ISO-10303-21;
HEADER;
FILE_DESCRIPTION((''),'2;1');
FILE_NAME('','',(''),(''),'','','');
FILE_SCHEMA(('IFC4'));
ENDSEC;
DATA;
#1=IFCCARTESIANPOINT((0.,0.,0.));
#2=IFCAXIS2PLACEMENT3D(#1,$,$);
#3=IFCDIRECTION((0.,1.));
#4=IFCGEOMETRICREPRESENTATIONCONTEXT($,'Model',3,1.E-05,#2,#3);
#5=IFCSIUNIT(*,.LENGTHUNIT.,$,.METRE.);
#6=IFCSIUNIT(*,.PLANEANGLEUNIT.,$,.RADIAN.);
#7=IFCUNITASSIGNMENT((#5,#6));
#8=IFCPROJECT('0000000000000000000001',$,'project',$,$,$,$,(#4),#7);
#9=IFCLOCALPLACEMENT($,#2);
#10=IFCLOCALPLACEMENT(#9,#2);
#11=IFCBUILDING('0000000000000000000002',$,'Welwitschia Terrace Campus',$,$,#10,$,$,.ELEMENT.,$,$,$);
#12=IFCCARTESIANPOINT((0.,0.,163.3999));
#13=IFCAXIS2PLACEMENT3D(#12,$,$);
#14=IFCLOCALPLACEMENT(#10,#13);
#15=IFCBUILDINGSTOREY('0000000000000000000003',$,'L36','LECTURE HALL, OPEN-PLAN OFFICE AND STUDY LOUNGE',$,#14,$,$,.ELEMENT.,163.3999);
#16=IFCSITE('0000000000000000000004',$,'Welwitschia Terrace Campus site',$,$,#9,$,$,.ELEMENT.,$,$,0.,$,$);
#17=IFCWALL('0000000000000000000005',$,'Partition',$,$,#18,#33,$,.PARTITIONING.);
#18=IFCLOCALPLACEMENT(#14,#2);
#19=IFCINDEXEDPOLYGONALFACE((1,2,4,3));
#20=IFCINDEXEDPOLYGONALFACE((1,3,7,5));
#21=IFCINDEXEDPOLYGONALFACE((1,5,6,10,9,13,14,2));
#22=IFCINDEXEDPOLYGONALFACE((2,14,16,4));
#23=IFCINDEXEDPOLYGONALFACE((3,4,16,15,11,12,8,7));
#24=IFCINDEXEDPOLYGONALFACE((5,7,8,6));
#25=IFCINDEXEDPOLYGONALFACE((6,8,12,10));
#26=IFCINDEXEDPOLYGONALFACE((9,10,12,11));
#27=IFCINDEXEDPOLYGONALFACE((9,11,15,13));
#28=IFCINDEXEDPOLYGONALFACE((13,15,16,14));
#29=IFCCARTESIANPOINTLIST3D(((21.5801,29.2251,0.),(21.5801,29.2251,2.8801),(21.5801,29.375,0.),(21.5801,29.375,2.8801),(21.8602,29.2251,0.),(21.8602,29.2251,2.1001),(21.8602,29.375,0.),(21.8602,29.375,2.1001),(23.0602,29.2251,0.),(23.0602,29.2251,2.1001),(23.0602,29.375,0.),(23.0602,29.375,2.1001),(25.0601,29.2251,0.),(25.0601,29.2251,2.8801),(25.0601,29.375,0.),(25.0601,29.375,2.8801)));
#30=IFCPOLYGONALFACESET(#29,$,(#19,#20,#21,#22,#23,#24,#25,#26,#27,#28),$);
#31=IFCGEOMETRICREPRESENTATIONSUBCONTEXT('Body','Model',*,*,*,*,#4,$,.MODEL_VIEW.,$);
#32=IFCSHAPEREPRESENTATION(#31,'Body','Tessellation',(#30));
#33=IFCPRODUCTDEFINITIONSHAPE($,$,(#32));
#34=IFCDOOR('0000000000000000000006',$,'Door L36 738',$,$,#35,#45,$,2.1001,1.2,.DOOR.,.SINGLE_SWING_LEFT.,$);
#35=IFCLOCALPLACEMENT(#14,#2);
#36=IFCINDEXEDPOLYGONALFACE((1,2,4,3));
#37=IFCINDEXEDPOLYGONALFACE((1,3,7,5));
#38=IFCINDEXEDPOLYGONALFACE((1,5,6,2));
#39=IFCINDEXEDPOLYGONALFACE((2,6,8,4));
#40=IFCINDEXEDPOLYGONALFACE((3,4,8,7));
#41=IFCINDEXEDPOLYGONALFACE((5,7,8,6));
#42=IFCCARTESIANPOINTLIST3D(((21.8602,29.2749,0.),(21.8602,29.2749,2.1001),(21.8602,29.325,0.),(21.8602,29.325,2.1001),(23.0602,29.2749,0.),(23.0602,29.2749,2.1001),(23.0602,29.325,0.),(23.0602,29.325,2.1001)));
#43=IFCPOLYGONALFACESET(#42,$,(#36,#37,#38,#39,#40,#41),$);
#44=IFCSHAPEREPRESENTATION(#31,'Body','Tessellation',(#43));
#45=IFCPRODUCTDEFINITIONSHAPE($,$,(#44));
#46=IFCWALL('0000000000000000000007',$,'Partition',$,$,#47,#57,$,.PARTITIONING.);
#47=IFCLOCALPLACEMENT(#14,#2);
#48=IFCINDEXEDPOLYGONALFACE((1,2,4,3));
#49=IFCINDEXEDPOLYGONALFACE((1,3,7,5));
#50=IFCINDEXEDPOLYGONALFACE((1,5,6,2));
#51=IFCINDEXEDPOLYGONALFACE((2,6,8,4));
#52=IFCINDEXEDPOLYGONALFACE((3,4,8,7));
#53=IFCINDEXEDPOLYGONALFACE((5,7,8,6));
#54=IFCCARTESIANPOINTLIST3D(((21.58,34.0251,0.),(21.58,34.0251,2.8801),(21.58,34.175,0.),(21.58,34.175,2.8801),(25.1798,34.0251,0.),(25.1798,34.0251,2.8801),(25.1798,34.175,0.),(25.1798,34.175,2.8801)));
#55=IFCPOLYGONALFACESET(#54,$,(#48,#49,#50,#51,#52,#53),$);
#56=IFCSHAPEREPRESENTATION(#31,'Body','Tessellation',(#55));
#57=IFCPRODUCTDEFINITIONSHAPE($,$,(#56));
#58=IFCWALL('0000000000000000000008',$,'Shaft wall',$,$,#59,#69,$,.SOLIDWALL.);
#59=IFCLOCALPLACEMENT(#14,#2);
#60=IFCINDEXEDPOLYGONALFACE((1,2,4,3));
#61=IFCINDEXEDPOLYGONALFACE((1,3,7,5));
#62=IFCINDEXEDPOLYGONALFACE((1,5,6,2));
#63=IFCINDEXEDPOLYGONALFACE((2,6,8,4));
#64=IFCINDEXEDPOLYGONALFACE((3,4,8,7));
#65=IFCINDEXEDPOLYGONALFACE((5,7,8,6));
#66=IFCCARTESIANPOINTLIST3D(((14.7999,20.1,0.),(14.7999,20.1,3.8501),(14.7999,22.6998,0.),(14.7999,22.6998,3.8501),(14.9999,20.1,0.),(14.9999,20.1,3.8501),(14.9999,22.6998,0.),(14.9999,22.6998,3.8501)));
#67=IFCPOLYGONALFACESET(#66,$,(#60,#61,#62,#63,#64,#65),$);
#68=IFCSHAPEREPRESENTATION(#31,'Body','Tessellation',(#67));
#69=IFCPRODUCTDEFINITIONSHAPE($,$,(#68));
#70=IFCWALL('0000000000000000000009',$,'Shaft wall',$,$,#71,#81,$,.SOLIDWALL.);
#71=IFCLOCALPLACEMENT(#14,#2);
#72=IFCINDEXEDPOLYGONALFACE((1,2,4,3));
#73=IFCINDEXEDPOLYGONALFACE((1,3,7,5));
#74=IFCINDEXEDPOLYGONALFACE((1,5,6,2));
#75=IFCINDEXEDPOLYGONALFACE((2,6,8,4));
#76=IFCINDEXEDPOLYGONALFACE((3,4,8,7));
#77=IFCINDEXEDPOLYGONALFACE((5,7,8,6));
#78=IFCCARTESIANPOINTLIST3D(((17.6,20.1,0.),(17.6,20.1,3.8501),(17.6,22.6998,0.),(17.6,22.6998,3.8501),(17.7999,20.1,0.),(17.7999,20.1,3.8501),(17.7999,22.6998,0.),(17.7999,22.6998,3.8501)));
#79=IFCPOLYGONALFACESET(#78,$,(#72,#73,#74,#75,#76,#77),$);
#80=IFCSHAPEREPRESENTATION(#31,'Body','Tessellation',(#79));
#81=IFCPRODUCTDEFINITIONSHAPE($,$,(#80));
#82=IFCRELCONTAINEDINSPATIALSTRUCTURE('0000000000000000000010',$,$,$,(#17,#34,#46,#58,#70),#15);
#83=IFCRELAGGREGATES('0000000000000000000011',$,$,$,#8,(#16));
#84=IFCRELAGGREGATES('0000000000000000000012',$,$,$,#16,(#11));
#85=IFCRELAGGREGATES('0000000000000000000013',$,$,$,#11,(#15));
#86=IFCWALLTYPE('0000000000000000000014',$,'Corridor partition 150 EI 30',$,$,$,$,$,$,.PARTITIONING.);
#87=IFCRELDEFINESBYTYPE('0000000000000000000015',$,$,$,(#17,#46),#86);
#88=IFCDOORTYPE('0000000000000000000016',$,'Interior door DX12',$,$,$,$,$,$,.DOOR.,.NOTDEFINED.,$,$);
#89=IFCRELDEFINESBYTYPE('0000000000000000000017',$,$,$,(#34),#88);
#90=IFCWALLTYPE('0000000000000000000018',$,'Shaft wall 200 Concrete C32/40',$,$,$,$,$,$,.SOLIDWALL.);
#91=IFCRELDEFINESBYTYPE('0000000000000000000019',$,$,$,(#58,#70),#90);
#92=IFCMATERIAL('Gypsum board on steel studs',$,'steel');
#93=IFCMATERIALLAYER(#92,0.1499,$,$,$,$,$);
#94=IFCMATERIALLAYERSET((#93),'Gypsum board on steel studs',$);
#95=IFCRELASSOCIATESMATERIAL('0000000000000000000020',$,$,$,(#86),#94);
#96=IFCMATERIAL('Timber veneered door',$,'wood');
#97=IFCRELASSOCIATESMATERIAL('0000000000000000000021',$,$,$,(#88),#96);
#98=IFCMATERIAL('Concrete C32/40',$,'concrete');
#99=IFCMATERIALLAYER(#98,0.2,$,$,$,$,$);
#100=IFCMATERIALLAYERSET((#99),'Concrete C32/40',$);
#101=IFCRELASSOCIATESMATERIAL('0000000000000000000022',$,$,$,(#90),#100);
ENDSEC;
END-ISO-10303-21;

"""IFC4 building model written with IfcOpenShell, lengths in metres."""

from ifc_helpers import new_model, si_unit, direction, frame, frame_2d, origin, place, context, subcontext, project, spatial, rectangle, extrude, material, layer, layer_set, type_object, element, fill, save


model = new_model("IFC4")

# Units and contexts
model_context = context("Model", 3, precision=1e-05, world=origin(), true_north=direction((0.0, 1.0)))
body_context = subcontext(model_context, "Body", "Model", "MODEL_VIEW")
ifc_project = project(units=[si_unit("LENGTHUNIT", "METRE"), si_unit("PLANEANGLEUNIT", "RADIAN")], contexts=[model_context])

# Site, building, storey
site_placement = place(None, origin())
site = spatial("IfcSite", under=ifc_project, at=site_placement, Name="Welwitschia Terrace Campus site", CompositionType="ELEMENT", RefElevation=0.0)
building_placement = place(site_placement, origin())
building = spatial("IfcBuilding", under=site, at=building_placement, Name="Welwitschia Terrace Campus", CompositionType="ELEMENT")
storey_placement = place(building_placement, frame((0.0, 0.0, 163.3999)))
storey = spatial("IfcBuildingStorey", under=building, at=storey_placement, Name="L36", Description="LECTURE HALL, OPEN-PLAN OFFICE AND STUDY LOUNGE", CompositionType="ELEMENT", Elevation=163.3999)

# Shared definitions
ifc_material_1 = material(Name="Gypsum board on steel studs", Category="steel")
ifc_layer_1 = layer(ifc_material_1, 0.1499)
ifc_layer_set_1 = layer_set([ifc_layer_1], Name="Gypsum board on steel studs")
wall_type_1 = type_object("IfcWallType", Name="Corridor partition 150 EI 30", PredefinedType="PARTITIONING", material=ifc_layer_set_1)

# Wall, opening, door
wall_1_placement = place(storey_placement, frame((21.5801, 29.3, 0.0), z_axis=(0.0, 0.0, 1.0), x_axis=(1.0, 0.0, 0.0)))
wall_1 = element("IfcWall", 1, at=wall_1_placement, inside=storey, type_object=wall_type_1, Name="Partition", PredefinedType="PARTITIONING", context=body_context, shape_type="SweptSolid", body=[
    extrude(rectangle(XDim=3.48, YDim=0.1499, at=frame_2d((1.74, 0.0))), origin(), (0.0, 0.0, 1.0), 2.8801),
])
opening_1_placement = place(wall_1_placement, frame((0.28, 0.0, 0.0)))
opening_1 = element("IfcOpeningElement", 2, at=opening_1_placement, cuts=wall_1, PredefinedType="OPENING", context=body_context, shape_type="SweptSolid", body=[
    extrude(rectangle(XDim=1.2, YDim=2.1001, at=frame_2d((0.6001, 1.05))), frame((0.0, 0.085, 0.0), z_axis=(0.0, -1.0, 0.0), x_axis=(1.0, 0.0, 0.0)), (0.0, 0.0, 1.0), 0.1699),
])
ifc_material_2 = material(Name="Timber veneered door", Category="wood")
door_type_1 = type_object("IfcDoorType", Name="Interior door DX12", OperationType="NOTDEFINED", PredefinedType="DOOR", material=ifc_material_2)
door_1_placement = place(opening_1_placement, origin())
door_1 = element("IfcDoor", 3, at=door_1_placement, inside=storey, type_object=door_type_1, Name="Door L36 738", OperationType="SINGLE_SWING_LEFT", OverallHeight=2.1001, OverallWidth=1.2, PredefinedType="DOOR", context=body_context, shape_type="SweptSolid", body=[
    extrude(rectangle(XDim=1.2, YDim=2.1001, at=frame_2d((0.6001, 1.05))), frame((0.0, 0.0249, 0.0), z_axis=(0.0, -1.0, 0.0), x_axis=(1.0, 0.0, 0.0)), (0.0, 0.0, 1.0), 0.05),
])
fill(opening_1, door_1)

# Walls
wall_2_placement = place(storey_placement, frame((21.5801, 34.1001, 0.0), z_axis=(0.0, 0.0, 1.0), x_axis=(1.0, 0.0, 0.0)))
element("IfcWall", 4, at=wall_2_placement, inside=storey, type_object=wall_type_1, Name="Partition", PredefinedType="PARTITIONING", context=body_context, shape_type="SweptSolid", body=[
    extrude(rectangle(XDim=3.5999, YDim=0.1499, at=frame_2d((1.7998, 0.0))), origin(), (0.0, 0.0, 1.0), 2.8801),
])
ifc_material_3 = material(Name="Concrete C32/40", Category="concrete")
ifc_layer_2 = layer(ifc_material_3, 0.2)
ifc_layer_set_2 = layer_set([ifc_layer_2], Name="Concrete C32/40")
wall_type_2 = type_object("IfcWallType", Name="Shaft wall 200 Concrete C32/40", PredefinedType="SOLIDWALL", material=ifc_layer_set_2)
for number, where, z_axis, x_axis, name in (
    (5, (14.8999, 20.1001, 0.0), (0.0, 0.0, 1.0), (0.0, 1.0, 0.0), "Shaft wall"),
    (6, (17.7, 20.1001, 0.0), (0.0, 0.0, 1.0), (0.0, 1.0, 0.0), "Shaft wall"),
):
    element("IfcWall", number, at=place(storey_placement, frame(where, z_axis=z_axis, x_axis=x_axis)), inside=storey, type_object=wall_type_2, Name=name, PredefinedType="SOLIDWALL", context=body_context, shape_type="SweptSolid", body=[
        extrude(rectangle(XDim=2.5999, YDim=0.2, at=frame_2d((1.2998, 0.0))), origin(), (0.0, 0.0, 1.0), 3.8501),
    ])

save(model, "model.ifc")
